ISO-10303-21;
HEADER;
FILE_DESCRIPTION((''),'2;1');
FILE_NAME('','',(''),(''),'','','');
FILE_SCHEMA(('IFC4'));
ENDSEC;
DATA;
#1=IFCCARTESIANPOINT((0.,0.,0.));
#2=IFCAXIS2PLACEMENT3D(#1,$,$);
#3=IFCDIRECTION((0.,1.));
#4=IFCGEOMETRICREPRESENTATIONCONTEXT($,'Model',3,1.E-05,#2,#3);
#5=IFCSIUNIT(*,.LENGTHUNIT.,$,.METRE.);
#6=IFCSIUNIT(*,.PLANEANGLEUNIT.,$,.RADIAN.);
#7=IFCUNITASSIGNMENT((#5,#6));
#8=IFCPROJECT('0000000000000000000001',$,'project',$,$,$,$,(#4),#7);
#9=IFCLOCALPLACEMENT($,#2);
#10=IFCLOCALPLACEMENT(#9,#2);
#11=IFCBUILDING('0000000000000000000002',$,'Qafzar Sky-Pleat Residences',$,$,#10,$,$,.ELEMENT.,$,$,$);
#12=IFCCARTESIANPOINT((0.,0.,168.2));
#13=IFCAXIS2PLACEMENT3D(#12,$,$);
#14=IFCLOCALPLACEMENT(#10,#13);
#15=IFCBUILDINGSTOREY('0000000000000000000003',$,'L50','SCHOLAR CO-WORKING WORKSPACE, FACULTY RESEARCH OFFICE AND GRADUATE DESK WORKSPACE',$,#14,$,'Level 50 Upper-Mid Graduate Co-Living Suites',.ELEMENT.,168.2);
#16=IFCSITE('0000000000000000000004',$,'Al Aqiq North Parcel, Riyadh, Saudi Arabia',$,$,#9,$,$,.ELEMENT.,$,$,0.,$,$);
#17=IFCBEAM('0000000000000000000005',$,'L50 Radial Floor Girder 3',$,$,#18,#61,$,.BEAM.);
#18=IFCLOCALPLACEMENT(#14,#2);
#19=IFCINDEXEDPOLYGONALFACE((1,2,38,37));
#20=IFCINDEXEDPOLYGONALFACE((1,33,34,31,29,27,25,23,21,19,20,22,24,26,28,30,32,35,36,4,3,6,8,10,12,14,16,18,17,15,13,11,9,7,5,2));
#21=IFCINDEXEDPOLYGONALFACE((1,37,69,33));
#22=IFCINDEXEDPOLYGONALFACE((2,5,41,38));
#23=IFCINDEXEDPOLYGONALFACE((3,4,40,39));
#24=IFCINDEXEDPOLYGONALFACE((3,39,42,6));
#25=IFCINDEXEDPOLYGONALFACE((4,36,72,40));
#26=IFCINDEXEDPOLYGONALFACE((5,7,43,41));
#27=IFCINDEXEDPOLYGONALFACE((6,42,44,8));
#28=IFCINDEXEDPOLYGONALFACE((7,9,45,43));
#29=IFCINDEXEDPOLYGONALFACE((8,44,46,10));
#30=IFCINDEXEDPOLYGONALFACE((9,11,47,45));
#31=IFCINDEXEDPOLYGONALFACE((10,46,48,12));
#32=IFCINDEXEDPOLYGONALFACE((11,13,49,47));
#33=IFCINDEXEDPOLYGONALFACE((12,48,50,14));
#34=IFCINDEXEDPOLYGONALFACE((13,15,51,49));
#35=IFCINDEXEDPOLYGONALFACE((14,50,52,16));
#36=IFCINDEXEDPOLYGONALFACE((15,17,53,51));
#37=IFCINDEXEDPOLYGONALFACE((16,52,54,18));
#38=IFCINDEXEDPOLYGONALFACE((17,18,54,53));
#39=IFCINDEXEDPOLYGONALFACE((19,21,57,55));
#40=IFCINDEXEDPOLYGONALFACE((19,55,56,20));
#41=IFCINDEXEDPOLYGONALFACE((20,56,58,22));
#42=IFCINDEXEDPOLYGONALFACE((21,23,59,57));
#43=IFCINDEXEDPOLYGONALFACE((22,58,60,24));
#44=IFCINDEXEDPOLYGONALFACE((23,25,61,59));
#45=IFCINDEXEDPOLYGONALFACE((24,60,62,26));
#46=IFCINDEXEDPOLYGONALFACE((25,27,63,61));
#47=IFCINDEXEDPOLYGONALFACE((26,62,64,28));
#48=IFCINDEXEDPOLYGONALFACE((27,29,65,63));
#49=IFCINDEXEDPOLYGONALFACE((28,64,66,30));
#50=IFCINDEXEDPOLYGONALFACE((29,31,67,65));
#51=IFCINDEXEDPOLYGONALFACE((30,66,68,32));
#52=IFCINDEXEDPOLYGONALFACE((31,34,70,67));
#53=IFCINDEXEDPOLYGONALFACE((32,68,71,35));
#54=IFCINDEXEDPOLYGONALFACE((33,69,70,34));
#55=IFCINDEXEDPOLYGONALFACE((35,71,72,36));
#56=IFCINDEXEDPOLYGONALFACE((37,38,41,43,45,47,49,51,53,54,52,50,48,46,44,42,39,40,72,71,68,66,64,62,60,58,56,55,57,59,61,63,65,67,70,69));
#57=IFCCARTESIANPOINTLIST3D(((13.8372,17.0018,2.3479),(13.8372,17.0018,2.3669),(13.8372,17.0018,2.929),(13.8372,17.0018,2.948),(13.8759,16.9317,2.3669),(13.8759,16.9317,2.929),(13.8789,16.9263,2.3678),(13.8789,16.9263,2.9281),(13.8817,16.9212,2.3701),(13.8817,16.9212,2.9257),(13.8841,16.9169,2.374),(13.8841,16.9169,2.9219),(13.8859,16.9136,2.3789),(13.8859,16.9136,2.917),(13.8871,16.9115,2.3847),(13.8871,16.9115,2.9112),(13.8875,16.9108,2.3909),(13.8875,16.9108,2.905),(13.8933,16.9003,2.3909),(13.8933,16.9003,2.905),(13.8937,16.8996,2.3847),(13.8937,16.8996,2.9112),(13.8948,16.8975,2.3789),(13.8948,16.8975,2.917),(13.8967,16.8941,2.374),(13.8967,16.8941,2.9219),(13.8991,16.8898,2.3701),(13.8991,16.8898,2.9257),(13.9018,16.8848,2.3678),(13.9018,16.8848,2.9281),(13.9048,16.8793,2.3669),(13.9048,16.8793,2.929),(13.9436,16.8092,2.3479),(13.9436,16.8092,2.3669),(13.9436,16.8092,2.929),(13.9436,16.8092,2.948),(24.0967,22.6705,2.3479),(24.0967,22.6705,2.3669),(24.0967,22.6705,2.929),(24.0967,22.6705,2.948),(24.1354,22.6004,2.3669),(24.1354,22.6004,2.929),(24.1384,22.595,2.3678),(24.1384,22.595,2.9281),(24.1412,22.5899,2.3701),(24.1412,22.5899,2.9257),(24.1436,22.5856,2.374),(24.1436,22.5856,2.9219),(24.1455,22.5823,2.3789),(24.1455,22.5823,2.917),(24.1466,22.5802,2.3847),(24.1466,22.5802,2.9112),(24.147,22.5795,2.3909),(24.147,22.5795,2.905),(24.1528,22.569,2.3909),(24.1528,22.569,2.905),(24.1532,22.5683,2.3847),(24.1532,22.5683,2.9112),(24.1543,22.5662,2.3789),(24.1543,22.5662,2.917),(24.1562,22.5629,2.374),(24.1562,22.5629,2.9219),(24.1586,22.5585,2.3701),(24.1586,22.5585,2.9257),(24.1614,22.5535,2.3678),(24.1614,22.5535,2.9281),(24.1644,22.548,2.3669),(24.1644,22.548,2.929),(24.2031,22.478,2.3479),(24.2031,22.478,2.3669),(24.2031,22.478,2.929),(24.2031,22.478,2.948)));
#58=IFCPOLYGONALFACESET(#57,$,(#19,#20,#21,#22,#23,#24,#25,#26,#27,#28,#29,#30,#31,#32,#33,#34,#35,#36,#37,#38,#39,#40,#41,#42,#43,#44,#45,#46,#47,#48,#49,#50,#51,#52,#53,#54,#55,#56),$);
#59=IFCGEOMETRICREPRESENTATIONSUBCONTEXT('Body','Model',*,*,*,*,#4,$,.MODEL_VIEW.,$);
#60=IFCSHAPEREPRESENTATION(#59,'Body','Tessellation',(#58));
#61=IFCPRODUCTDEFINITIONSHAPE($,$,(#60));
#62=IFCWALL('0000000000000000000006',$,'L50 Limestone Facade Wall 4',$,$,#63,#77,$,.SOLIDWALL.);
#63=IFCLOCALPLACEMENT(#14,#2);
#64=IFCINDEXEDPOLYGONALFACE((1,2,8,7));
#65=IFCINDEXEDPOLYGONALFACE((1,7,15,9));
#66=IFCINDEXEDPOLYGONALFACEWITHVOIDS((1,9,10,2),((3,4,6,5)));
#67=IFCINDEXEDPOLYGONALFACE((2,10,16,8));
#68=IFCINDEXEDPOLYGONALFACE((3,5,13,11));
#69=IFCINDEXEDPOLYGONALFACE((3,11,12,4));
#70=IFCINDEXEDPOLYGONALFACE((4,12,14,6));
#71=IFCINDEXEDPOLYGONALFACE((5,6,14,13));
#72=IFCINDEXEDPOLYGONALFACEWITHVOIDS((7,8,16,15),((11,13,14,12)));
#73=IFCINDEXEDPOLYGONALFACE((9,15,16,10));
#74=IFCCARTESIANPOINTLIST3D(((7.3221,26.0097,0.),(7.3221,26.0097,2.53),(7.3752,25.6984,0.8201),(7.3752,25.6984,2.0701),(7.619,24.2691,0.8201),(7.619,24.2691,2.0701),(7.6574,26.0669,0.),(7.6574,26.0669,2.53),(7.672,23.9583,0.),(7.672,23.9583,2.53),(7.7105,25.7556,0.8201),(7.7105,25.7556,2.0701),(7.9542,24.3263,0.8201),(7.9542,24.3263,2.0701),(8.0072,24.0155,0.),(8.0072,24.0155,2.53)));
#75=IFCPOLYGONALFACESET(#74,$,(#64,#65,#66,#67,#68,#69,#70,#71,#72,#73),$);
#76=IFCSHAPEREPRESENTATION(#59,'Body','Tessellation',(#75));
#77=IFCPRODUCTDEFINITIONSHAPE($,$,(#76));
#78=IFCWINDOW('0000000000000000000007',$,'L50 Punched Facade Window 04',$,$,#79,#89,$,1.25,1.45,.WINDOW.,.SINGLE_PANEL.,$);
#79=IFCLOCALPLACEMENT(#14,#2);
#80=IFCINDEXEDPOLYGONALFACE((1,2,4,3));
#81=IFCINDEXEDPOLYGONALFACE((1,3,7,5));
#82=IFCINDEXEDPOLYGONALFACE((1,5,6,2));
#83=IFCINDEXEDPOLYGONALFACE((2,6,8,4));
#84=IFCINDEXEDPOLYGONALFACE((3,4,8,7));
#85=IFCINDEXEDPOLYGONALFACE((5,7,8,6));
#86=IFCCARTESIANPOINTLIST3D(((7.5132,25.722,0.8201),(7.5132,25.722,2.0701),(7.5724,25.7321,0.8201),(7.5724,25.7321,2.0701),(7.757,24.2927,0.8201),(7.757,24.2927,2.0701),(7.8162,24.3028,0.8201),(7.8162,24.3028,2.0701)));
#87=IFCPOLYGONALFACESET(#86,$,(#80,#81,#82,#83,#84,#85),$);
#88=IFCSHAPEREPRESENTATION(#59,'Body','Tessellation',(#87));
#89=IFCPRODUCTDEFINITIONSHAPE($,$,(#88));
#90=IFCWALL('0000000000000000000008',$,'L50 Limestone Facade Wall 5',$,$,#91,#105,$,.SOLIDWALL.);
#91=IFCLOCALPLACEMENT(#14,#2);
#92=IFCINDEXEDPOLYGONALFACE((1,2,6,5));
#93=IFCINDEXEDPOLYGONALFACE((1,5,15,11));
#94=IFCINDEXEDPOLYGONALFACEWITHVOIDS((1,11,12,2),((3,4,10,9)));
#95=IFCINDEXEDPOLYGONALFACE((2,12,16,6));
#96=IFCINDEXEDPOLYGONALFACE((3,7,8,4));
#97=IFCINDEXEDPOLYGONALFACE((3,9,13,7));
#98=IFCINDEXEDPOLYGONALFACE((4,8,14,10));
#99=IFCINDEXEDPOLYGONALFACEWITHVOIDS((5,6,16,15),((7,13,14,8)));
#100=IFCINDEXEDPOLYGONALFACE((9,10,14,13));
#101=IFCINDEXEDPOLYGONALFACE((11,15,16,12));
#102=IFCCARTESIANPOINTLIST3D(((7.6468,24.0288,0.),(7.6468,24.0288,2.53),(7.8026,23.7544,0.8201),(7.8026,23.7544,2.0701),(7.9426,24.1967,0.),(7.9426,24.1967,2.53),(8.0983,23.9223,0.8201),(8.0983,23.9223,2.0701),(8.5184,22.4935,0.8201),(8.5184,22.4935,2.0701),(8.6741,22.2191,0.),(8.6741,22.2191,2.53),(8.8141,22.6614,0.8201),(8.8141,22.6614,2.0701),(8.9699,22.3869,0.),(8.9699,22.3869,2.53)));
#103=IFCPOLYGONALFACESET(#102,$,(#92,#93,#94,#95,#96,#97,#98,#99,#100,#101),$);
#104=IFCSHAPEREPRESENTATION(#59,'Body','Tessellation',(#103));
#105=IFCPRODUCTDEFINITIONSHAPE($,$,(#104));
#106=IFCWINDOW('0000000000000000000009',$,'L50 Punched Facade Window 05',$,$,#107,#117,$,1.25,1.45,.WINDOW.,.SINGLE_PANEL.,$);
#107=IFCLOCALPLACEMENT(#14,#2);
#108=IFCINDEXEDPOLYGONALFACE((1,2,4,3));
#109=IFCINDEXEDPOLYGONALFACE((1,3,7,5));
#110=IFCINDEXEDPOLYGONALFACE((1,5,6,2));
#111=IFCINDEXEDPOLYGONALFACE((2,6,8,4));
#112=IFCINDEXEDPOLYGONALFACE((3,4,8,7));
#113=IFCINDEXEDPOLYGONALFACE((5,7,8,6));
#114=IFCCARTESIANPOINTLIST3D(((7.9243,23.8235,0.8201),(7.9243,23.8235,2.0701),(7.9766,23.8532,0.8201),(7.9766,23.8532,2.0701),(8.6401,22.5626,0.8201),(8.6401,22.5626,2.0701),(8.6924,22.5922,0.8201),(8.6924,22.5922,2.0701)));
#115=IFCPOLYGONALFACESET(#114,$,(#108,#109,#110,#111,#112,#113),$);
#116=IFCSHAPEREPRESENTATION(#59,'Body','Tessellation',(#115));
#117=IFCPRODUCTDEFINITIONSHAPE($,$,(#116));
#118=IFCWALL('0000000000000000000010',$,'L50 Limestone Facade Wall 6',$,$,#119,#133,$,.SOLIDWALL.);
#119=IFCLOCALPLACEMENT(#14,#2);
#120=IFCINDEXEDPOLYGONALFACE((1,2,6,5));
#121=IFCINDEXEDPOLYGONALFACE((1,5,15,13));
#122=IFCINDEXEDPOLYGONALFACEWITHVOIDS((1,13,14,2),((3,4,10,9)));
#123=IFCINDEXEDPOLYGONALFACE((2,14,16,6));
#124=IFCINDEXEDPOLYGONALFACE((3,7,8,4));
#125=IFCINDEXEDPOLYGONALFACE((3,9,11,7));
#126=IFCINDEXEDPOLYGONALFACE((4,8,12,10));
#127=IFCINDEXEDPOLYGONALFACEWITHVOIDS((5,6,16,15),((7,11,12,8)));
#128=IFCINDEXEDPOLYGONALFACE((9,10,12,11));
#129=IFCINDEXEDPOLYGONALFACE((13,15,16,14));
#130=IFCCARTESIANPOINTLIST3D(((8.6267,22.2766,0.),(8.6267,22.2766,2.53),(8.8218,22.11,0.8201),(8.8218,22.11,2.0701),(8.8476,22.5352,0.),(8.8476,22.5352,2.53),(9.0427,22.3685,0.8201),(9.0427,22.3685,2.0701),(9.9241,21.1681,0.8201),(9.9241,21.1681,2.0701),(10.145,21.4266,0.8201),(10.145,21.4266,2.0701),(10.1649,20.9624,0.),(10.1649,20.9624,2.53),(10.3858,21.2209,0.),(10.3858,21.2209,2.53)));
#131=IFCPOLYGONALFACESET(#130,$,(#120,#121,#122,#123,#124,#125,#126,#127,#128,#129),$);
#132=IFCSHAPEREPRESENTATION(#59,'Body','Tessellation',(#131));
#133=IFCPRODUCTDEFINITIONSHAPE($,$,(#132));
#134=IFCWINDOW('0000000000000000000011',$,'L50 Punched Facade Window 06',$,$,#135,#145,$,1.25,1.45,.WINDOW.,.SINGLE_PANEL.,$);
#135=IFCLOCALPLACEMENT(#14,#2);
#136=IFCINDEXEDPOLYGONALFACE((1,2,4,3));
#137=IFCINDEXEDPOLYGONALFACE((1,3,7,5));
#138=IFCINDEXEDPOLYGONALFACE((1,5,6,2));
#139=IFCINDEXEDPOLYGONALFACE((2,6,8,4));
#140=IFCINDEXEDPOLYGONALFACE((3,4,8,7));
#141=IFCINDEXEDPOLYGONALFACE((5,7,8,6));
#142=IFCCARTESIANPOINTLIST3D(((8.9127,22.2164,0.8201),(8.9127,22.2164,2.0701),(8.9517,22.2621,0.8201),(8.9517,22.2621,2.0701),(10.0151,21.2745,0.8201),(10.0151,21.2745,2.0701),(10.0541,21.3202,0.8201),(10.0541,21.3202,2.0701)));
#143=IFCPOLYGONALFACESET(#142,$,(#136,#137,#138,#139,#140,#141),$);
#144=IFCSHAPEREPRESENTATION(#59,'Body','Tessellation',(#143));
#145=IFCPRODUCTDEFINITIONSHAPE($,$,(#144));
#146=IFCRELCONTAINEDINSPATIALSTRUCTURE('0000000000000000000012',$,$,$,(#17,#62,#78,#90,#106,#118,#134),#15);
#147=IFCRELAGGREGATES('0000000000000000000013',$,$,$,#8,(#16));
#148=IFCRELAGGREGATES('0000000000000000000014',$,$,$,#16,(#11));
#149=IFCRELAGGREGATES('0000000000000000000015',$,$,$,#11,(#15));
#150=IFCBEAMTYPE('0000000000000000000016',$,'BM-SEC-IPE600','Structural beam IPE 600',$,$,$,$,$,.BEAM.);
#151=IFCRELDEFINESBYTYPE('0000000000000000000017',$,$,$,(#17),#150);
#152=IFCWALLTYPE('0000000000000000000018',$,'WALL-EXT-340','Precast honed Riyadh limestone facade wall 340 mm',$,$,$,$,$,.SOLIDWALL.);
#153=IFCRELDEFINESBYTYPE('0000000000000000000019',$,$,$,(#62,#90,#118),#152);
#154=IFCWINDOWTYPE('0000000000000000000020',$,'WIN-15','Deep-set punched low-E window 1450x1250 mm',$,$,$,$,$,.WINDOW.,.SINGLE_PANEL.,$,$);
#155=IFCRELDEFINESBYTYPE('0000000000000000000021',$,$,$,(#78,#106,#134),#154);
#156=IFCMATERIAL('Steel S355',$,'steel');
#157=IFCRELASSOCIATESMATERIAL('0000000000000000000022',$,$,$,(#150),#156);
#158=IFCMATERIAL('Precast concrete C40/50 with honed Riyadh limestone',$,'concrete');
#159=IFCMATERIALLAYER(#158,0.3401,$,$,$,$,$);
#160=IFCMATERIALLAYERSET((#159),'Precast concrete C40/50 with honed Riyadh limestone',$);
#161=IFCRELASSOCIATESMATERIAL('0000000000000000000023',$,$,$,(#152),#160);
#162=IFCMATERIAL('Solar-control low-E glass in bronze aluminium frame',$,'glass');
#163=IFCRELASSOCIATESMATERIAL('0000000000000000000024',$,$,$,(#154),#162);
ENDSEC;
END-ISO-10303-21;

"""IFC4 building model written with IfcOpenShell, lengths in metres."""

from ifc_helpers import new_model, si_unit, direction, frame, frame_2d, origin, origin_2d, place, context, subcontext, project, spatial, rectangle, i_section, extrude, source, transform, mapped, material, layer, layer_set, material_profile, profile_set, type_object, element, fill, save


model = new_model("IFC4")

# Units and contexts
model_context = context("Model", 3, precision=1e-05, world=origin(), true_north=direction((0.0, 1.0)))
body_context = subcontext(model_context, "Body", "Model", "MODEL_VIEW")
ifc_project = project(units=[si_unit("LENGTHUNIT", "METRE"), si_unit("PLANEANGLEUNIT", "RADIAN")], contexts=[model_context])

# Site, building, storey
site_placement = place(None, origin())
site = spatial("IfcSite", under=ifc_project, at=site_placement, Name="Al Aqiq North Parcel, Riyadh, Saudi Arabia", CompositionType="ELEMENT", RefElevation=0.0)
building_placement = place(site_placement, origin())
building = spatial("IfcBuilding", under=site, at=building_placement, Name="Qafzar Sky-Pleat Residences", CompositionType="ELEMENT")
storey_placement = place(building_placement, frame((0.0, 0.0, 168.2)))
storey = spatial("IfcBuildingStorey", under=building, at=storey_placement, Name="L50", Description="SCHOLAR CO-WORKING WORKSPACE, FACULTY RESEARCH OFFICE AND GRADUATE DESK WORKSPACE", LongName="Level 50 Upper-Mid Graduate Co-Living Suites", CompositionType="ELEMENT", Elevation=168.2)

# Shared definitions
ifc_material_1 = material(Name="Steel S355", Category="steel")

# Beam
ifc_material_profile_1 = material_profile(ifc_material_1, i_section(OverallWidth=0.22, OverallDepth=0.6001, WebThickness=0.012, FlangeThickness=0.019, FilletRadius=0.0239, at=origin_2d()), Name="IPE 600")
ifc_profile_set_1 = profile_set([ifc_material_profile_1], Name="Steel S355")
beam_type_1 = type_object("IfcBeamType", Name="BM-SEC-IPE600", Description="Structural beam IPE 600", PredefinedType="BEAM", material=ifc_profile_set_1)
shared_shape_1 = source(origin(), body_context, "Body", "SweptSolid", [
    extrude(i_section(OverallWidth=0.22, OverallDepth=0.6001, WebThickness=0.012, FlangeThickness=0.019, FilletRadius=0.0239, at=origin_2d()), origin(), (0.0, 0.0, 1.0), 11.7214),
])
beam_1_placement = place(storey_placement, frame((13.8904, 16.9055, 2.6479), z_axis=(0.875279, 0.483619, 0.0), x_axis=(-0.483619, 0.875279, 0.0)))
element("IfcBeam", 1, at=beam_1_placement, inside=storey, type_object=beam_type_1, Name="L50 Radial Floor Girder 3", PredefinedType="BEAM", context=body_context, shape_type="MappedRepresentation", body=[
    mapped(shared_shape_1, transform((0.0, 0.0, 0.0), x_axis=(1.0, 0.0, 0.0), y_axis=(0.0, 1.0, 0.0), z_axis=(0.0, 0.0, 1.0), scale=1.0)),
])

# Walls, openings, windows
ifc_material_2 = material(Name="Precast concrete C40/50 with honed Riyadh limestone", Category="concrete")
ifc_layer_1 = layer(ifc_material_2, 0.3401)
ifc_layer_set_1 = layer_set([ifc_layer_1], Name="Precast concrete C40/50 with honed Riyadh limestone")
wall_type = type_object("IfcWallType", Name="WALL-EXT-340", Description="Precast honed Riyadh limestone facade wall 340 mm", PredefinedType="SOLIDWALL", material=ifc_layer_set_1)
wall_1_placement = place(storey_placement, frame((7.4897, 26.0383, 0.0), z_axis=(0.0, 0.0, 1.0), x_axis=(0.168107, -0.985769, 0.0)))
wall_1 = element("IfcWall", 2, at=wall_1_placement, inside=storey, type_object=wall_type, Name="L50 Limestone Facade Wall 4", PredefinedType="SOLIDWALL", context=body_context, shape_type="SweptSolid", body=[
    extrude(rectangle(XDim=2.0811, YDim=0.3401, at=frame_2d((1.0405, 0.0))), origin(), (0.0, 0.0, 1.0), 2.53),
])
opening_1_placement = place(wall_1_placement, frame((0.3157, 0.0, 0.8201)))
opening_1 = element("IfcOpeningElement", 3, at=opening_1_placement, cuts=wall_1, PredefinedType="OPENING", context=body_context, shape_type="SweptSolid", body=[
    extrude(rectangle(XDim=1.45, YDim=1.25, at=frame_2d((0.7251, 0.625))), frame((0.0, 0.1802, 0.0), z_axis=(0.0, -1.0, 0.0), x_axis=(1.0, 0.0, 0.0)), (0.0, 0.0, 1.0), 0.3601),
])
ifc_material_3 = material(Name="Solar-control low-E glass in bronze aluminium frame", Category="glass")
window_type_1 = type_object("IfcWindowType", Name="WIN-15", Description="Deep-set punched low-E window 1450x1250 mm", PartitioningType="SINGLE_PANEL", PredefinedType="WINDOW", material=ifc_material_3)
shared_shape_2 = source(origin(), body_context, "Body", "SweptSolid", [
    extrude(rectangle(XDim=1.45, YDim=1.25, at=frame_2d((0.7251, 0.625))), frame((0.0, 0.03, 0.0), z_axis=(0.0, -1.0, 0.0), x_axis=(1.0, 0.0, 0.0)), (0.0, 0.0, 1.0), 0.0601),
])
window_1_placement = place(opening_1_placement, origin())
window_1 = element("IfcWindow", 4, at=window_1_placement, inside=storey, type_object=window_type_1, Name="L50 Punched Facade Window 04", OverallHeight=1.25, OverallWidth=1.45, PartitioningType="SINGLE_PANEL", PredefinedType="WINDOW", context=body_context, shape_type="MappedRepresentation", body=[
    mapped(shared_shape_2, transform((0.0, 0.0, 0.0), x_axis=(1.0, 0.0, 0.0), y_axis=(0.0, 1.0, 0.0), z_axis=(0.0, 0.0, 1.0), scale=1.0)),
])
fill(opening_1, window_1)
wall_2_placement = place(storey_placement, frame((7.7947, 24.1128, 0.0), z_axis=(0.0, 0.0, 1.0), x_axis=(0.493661, -0.869655, 0.0)))
wall_2 = element("IfcWall", 5, at=wall_2_placement, inside=storey, type_object=wall_type, Name="L50 Limestone Facade Wall 5", PredefinedType="SOLIDWALL", context=body_context, shape_type="SweptSolid", body=[
    extrude(rectangle(XDim=2.0811, YDim=0.3401, at=frame_2d((1.0405, 0.0))), origin(), (0.0, 0.0, 1.0), 2.53),
])
opening_2_placement = place(wall_2_placement, frame((0.3154, 0.0, 0.8201)))
opening_2 = element("IfcOpeningElement", 6, at=opening_2_placement, cuts=wall_2, PredefinedType="OPENING", context=body_context, shape_type="SweptSolid", body=[
    extrude(rectangle(XDim=1.45, YDim=1.25, at=frame_2d((0.7251, 0.625))), frame((0.0, 0.1802, 0.0), z_axis=(0.0, -1.0, 0.0), x_axis=(1.0, 0.0, 0.0)), (0.0, 0.0, 1.0), 0.3601),
])
window_2_placement = place(opening_2_placement, origin())
window_2 = element("IfcWindow", 7, at=window_2_placement, inside=storey, type_object=window_type_1, Name="L50 Punched Facade Window 05", OverallHeight=1.25, OverallWidth=1.45, PartitioningType="SINGLE_PANEL", PredefinedType="WINDOW", context=body_context, shape_type="MappedRepresentation", body=[
    mapped(shared_shape_2, transform((0.0, 0.0, 0.0), x_axis=(1.0, 0.0, 0.0), y_axis=(0.0, 1.0, 0.0), z_axis=(0.0, 0.0, 1.0), scale=1.0)),
])
fill(opening_2, window_2)
wall_3_placement = place(storey_placement, frame((8.7371, 22.406, 0.0), z_axis=(0.0, 0.0, 1.0), x_axis=(0.760269, -0.649608, 0.0)))
wall_3 = element("IfcWall", 8, at=wall_3_placement, inside=storey, type_object=wall_type, Name="L50 Limestone Facade Wall 6", PredefinedType="SOLIDWALL", context=body_context, shape_type="SweptSolid", body=[
    extrude(rectangle(XDim=2.0232, YDim=0.3401, at=frame_2d((1.0117, 0.0))), origin(), (0.0, 0.0, 1.0), 2.53),
])
opening_3_placement = place(wall_3_placement, frame((0.2566, 0.0, 0.8201)))
opening_3 = element("IfcOpeningElement", 9, at=opening_3_placement, cuts=wall_3, PredefinedType="OPENING", context=body_context, shape_type="SweptSolid", body=[
    extrude(rectangle(XDim=1.45, YDim=1.25, at=frame_2d((0.7251, 0.625))), frame((0.0, 0.1802, 0.0), z_axis=(0.0, -1.0, 0.0), x_axis=(1.0, 0.0, 0.0)), (0.0, 0.0, 1.0), 0.3601),
])
window_3_placement = place(opening_3_placement, origin())
window_3 = element("IfcWindow", 10, at=window_3_placement, inside=storey, type_object=window_type_1, Name="L50 Punched Facade Window 06", OverallHeight=1.25, OverallWidth=1.45, PartitioningType="SINGLE_PANEL", PredefinedType="WINDOW", context=body_context, shape_type="MappedRepresentation", body=[
    mapped(shared_shape_2, transform((0.0, 0.0, 0.0), x_axis=(1.0, 0.0, 0.0), y_axis=(0.0, 1.0, 0.0), z_axis=(0.0, 0.0, 1.0), scale=1.0)),
])
fill(opening_3, window_3)

save(model, "model.ifc")
